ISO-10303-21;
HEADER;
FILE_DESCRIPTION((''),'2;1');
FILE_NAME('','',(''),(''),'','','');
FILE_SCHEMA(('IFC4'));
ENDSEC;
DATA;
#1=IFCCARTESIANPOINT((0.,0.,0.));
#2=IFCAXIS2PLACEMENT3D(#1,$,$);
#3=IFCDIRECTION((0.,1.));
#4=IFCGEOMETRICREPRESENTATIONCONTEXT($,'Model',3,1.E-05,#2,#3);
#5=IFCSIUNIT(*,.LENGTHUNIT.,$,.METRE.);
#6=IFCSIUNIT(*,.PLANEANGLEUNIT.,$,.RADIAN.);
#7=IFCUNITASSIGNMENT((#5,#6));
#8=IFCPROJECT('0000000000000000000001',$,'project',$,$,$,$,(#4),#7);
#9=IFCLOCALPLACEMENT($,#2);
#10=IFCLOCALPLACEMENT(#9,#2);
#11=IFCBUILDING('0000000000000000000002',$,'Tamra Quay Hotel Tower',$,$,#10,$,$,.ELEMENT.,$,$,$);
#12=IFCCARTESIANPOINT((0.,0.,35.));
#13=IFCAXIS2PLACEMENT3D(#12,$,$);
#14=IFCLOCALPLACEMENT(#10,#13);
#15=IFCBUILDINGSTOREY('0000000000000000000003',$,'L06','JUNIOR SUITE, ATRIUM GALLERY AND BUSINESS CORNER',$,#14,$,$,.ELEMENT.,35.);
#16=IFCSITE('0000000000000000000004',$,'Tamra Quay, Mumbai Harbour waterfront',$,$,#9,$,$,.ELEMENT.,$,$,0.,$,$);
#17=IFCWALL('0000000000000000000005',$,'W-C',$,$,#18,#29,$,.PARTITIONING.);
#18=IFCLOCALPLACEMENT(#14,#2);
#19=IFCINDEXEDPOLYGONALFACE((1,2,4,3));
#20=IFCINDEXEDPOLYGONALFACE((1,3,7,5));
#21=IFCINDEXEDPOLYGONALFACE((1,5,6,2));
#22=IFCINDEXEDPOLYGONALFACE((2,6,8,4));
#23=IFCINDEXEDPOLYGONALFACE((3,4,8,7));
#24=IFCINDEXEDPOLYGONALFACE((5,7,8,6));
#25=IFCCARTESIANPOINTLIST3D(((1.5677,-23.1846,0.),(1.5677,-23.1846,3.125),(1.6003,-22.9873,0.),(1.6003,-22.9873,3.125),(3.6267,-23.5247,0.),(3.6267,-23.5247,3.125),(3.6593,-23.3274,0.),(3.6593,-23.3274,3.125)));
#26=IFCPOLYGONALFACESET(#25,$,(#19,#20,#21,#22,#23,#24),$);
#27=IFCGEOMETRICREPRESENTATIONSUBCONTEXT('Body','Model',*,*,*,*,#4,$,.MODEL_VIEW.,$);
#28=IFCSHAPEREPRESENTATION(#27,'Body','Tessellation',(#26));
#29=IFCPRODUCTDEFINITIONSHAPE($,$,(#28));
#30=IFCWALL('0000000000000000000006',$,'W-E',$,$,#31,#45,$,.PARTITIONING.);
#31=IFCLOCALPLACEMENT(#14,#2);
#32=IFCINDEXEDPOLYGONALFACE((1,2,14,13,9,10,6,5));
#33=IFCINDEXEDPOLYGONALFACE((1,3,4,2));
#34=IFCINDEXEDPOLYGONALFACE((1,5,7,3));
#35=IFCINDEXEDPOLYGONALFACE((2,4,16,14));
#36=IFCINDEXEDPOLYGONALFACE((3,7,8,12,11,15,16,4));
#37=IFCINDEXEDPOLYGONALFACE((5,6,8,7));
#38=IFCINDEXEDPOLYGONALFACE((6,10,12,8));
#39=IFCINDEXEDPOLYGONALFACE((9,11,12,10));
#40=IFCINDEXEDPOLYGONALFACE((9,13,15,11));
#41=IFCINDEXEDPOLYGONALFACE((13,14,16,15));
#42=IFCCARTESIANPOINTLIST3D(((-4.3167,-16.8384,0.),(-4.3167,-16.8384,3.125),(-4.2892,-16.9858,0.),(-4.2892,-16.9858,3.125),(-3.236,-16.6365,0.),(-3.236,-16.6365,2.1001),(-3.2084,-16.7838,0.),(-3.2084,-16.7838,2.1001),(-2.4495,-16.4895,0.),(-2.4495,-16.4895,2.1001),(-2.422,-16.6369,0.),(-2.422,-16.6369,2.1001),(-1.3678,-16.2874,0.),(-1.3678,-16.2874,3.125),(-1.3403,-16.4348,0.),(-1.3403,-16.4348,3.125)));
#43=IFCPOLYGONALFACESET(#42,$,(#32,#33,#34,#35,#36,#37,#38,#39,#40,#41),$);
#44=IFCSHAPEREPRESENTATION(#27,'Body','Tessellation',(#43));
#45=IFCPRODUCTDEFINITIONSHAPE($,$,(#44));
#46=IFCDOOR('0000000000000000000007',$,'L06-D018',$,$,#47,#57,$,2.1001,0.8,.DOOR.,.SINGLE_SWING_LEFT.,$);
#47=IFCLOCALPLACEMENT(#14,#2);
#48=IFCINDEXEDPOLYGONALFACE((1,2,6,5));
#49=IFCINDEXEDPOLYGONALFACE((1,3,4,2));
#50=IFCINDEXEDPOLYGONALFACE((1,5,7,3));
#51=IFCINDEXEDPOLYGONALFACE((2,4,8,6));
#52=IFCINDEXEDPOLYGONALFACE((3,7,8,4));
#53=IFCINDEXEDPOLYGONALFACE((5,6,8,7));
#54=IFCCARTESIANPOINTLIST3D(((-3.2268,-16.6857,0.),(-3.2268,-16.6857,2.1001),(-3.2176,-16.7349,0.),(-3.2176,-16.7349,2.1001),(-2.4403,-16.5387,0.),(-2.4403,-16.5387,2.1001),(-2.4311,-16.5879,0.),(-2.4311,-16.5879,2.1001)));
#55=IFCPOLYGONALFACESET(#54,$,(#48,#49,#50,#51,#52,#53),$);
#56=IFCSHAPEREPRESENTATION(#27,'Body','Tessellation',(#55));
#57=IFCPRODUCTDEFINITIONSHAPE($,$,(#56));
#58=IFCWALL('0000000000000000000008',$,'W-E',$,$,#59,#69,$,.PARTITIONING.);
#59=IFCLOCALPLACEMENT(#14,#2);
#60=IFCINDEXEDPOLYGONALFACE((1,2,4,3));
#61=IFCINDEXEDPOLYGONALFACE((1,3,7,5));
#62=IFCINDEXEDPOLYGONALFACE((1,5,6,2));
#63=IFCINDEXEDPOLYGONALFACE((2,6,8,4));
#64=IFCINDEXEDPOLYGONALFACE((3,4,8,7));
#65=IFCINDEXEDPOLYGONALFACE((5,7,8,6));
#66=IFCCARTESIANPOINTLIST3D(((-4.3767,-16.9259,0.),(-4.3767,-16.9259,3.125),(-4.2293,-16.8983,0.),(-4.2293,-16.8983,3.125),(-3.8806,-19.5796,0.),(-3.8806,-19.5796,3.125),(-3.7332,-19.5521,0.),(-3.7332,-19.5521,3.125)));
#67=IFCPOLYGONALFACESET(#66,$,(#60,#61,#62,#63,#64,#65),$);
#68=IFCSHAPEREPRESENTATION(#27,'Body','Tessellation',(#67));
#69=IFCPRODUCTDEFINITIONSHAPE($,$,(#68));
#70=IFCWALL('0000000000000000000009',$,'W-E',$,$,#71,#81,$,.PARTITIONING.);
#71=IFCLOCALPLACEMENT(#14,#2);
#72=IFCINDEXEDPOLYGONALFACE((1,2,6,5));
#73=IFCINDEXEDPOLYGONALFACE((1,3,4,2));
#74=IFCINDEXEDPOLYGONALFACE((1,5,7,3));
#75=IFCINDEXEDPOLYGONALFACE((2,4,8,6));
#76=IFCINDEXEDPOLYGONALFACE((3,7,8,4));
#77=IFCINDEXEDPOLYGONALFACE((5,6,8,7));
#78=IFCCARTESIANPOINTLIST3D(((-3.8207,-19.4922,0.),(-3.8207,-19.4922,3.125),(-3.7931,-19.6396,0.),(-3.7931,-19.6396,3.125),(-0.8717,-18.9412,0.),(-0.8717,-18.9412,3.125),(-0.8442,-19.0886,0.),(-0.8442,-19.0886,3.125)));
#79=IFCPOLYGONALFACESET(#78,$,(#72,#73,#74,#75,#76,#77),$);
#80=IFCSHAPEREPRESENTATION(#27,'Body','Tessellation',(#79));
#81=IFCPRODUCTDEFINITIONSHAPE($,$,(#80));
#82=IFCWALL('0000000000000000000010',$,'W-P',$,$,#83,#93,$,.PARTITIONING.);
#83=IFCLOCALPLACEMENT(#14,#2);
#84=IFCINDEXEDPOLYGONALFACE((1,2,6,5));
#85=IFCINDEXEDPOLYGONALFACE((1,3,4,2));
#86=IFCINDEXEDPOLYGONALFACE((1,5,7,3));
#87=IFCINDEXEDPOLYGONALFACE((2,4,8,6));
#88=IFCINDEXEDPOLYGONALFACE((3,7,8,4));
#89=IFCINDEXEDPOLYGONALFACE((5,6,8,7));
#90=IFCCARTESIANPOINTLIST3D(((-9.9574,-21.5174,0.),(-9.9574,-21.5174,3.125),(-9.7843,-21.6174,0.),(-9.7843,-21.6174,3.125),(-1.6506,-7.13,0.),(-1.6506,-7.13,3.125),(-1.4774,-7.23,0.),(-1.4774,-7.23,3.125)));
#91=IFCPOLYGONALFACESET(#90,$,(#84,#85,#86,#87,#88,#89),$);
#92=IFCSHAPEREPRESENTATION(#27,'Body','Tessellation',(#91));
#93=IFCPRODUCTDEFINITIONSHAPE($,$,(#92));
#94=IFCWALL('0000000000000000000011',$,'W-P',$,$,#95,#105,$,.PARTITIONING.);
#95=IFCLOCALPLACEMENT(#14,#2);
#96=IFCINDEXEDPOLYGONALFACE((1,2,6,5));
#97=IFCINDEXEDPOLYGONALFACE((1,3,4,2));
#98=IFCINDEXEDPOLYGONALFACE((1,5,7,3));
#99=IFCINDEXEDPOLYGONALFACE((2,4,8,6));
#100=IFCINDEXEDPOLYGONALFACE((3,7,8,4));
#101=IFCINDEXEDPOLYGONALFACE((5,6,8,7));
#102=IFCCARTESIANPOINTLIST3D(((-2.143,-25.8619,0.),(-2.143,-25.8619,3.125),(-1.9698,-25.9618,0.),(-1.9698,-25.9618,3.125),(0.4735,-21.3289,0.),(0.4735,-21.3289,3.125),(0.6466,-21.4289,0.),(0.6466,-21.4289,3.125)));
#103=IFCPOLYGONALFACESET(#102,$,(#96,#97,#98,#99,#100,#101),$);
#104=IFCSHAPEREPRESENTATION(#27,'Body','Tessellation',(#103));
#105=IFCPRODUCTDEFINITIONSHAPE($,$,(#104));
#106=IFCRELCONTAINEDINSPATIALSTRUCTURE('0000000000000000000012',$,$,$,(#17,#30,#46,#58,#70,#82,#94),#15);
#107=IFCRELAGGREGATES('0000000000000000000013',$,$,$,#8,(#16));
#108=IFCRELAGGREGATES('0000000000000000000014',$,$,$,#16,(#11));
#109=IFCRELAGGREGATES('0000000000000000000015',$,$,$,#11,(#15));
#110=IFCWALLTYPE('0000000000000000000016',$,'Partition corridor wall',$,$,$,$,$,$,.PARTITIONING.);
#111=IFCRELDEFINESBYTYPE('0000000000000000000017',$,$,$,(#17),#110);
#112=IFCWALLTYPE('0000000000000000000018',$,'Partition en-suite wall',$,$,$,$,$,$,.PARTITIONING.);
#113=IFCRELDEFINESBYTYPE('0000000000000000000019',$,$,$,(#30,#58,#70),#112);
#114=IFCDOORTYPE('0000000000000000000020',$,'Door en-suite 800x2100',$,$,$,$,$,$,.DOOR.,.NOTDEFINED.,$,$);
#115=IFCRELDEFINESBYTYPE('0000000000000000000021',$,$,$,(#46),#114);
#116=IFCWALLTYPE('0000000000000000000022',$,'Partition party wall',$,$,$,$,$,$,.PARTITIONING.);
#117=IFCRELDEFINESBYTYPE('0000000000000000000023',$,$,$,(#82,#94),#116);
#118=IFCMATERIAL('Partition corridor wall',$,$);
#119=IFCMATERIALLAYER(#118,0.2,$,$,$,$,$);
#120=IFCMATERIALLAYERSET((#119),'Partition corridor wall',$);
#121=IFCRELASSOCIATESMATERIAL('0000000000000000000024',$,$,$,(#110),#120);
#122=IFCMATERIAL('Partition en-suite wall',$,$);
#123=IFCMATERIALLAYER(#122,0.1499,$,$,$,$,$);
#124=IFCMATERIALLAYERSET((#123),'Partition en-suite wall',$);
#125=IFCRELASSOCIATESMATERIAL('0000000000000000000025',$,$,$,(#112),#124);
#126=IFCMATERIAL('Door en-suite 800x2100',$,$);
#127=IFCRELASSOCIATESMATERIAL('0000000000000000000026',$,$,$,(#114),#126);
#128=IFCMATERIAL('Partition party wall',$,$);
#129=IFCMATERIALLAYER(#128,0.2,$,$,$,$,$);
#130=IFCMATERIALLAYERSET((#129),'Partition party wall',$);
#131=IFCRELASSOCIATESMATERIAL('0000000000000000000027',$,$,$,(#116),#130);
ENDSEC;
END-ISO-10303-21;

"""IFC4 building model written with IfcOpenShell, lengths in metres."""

from ifc_helpers import new_model, si_unit, direction, frame, frame_2d, origin, place, context, subcontext, project, spatial, rectangle, extrude, material, layer, layer_set, type_object, element, fill, save


model = new_model("IFC4")

# Units and contexts
model_context = context("Model", 3, precision=1e-05, world=origin(), true_north=direction((0.0, 1.0)))
body_context = subcontext(model_context, "Body", "Model", "MODEL_VIEW")
ifc_project = project(units=[si_unit("LENGTHUNIT", "METRE"), si_unit("PLANEANGLEUNIT", "RADIAN")], contexts=[model_context])

# Site, building, storey
site_placement = place(None, origin())
site = spatial("IfcSite", under=ifc_project, at=site_placement, Name="Tamra Quay, Mumbai Harbour waterfront", CompositionType="ELEMENT", RefElevation=0.0)
building_placement = place(site_placement, origin())
building = spatial("IfcBuilding", under=site, at=building_placement, Name="Tamra Quay Hotel Tower", CompositionType="ELEMENT")
storey_placement = place(building_placement, frame((0.0, 0.0, 35.0)))
storey = spatial("IfcBuildingStorey", under=building, at=storey_placement, Name="L06", Description="JUNIOR SUITE, ATRIUM GALLERY AND BUSINESS CORNER", CompositionType="ELEMENT", Elevation=35.0)

# Wall
ifc_material_1 = material(Name="Partition corridor wall")
ifc_layer_1 = layer(ifc_material_1, 0.2)
ifc_layer_set_1 = layer_set([ifc_layer_1], Name="Partition corridor wall")
wall_type_1 = type_object("IfcWallType", Name="Partition corridor wall", PredefinedType="PARTITIONING", material=ifc_layer_set_1)
wall_1_placement = place(storey_placement, frame((1.584, -23.0859, 0.0), z_axis=(0.0, 0.0, 1.0), x_axis=(0.986633, -0.162957, 0.0)))
element("IfcWall", 1, at=wall_1_placement, inside=storey, type_object=wall_type_1, Name="W-C", PredefinedType="PARTITIONING", context=body_context, shape_type="SweptSolid", body=[
    extrude(rectangle(XDim=2.0869, YDim=0.2, at=frame_2d((1.0435, 0.0))), origin(), (0.0, 0.0, 1.0), 3.125),
])

# Wall, opening, door
ifc_material_2 = material(Name="Partition en-suite wall")
ifc_layer_2 = layer(ifc_material_2, 0.1499)
ifc_layer_set_2 = layer_set([ifc_layer_2], Name="Partition en-suite wall")
wall_type_2 = type_object("IfcWallType", Name="Partition en-suite wall", PredefinedType="PARTITIONING", material=ifc_layer_set_2)
wall_2_placement = place(storey_placement, frame((-4.303, -16.9121, 0.0), z_axis=(0.0, 0.0, 1.0), x_axis=(0.982987, 0.183674, 0.0)))
wall_2 = element("IfcWall", 2, at=wall_2_placement, inside=storey, type_object=wall_type_2, Name="W-E", PredefinedType="PARTITIONING", context=body_context, shape_type="SweptSolid", body=[
    extrude(rectangle(XDim=3.0, YDim=0.1499, at=frame_2d((1.5, 0.0))), origin(), (0.0, 0.0, 1.0), 3.125),
])
opening_placement = place(wall_2_placement, frame((1.0996, 0.0, 0.0)))
opening = element("IfcOpeningElement", 3, at=opening_placement, cuts=wall_2, PredefinedType="OPENING", context=body_context, shape_type="SweptSolid", body=[
    extrude(rectangle(XDim=0.8, YDim=2.1001, at=frame_2d((0.3999, 1.05))), frame((0.0, 0.085, 0.0), z_axis=(0.0, -1.0, 0.0), x_axis=(1.0, 0.0, 0.0)), (0.0, 0.0, 1.0), 0.1699),
])
ifc_material_3 = material(Name="Door en-suite 800x2100")
door_type = type_object("IfcDoorType", Name="Door en-suite 800x2100", OperationType="NOTDEFINED", PredefinedType="DOOR", material=ifc_material_3)
door_placement = place(opening_placement, origin())
door = element("IfcDoor", 4, at=door_placement, inside=storey, type_object=door_type, Name="L06-D018", OperationType="SINGLE_SWING_LEFT", OverallHeight=2.1001, OverallWidth=0.8, PredefinedType="DOOR", context=body_context, shape_type="SweptSolid", body=[
    extrude(rectangle(XDim=0.8, YDim=2.1001, at=frame_2d((0.3999, 1.05))), frame((0.0, 0.0249, 0.0), z_axis=(0.0, -1.0, 0.0), x_axis=(1.0, 0.0, 0.0)), (0.0, 0.0, 1.0), 0.05),
])
fill(opening, door)

# Walls
wall_3_placement = place(storey_placement, frame((-4.303, -16.9121, 0.0), z_axis=(0.0, 0.0, 1.0), x_axis=(0.183753, -0.982972, 0.0)))
element("IfcWall", 5, at=wall_3_placement, inside=storey, type_object=wall_type_2, Name="W-E", PredefinedType="PARTITIONING", context=body_context, shape_type="SweptSolid", body=[
    extrude(rectangle(XDim=2.6997, YDim=0.1499, at=frame_2d((1.3499, 0.0))), origin(), (0.0, 0.0, 1.0), 3.125),
])
wall_4_placement = place(storey_placement, frame((-3.8069, -19.5659, 0.0), z_axis=(0.0, 0.0, 1.0), x_axis=(0.982987, 0.183674, 0.0)))
element("IfcWall", 6, at=wall_4_placement, inside=storey, type_object=wall_type_2, Name="W-E", PredefinedType="PARTITIONING", context=body_context, shape_type="SweptSolid", body=[
    extrude(rectangle(XDim=3.0, YDim=0.1499, at=frame_2d((1.5, 0.0))), origin(), (0.0, 0.0, 1.0), 3.125),
])
ifc_material_4 = material(Name="Partition party wall")
ifc_layer_3 = layer(ifc_material_4, 0.2)
ifc_layer_set_3 = layer_set([ifc_layer_3], Name="Partition party wall")
wall_type_3 = type_object("IfcWallType", Name="Partition party wall", PredefinedType="PARTITIONING", material=ifc_layer_set_3)
wall_5_placement = place(storey_placement, frame((-9.8708, -21.5674, 0.0), z_axis=(0.0, 0.0, 1.0), x_axis=(0.500013, 0.866018, 0.0)))
element("IfcWall", 7, at=wall_5_placement, inside=storey, type_object=wall_type_3, Name="W-P", PredefinedType="PARTITIONING", context=body_context, shape_type="SweptSolid", body=[
    extrude(rectangle(XDim=16.6133, YDim=0.2, at=frame_2d((8.3066, 0.0))), origin(), (0.0, 0.0, 1.0), 3.125),
])
wall_6_placement = place(storey_placement, frame((-2.0564, -25.9119, 0.0), z_axis=(0.0, 0.0, 1.0), x_axis=(0.499907, 0.866079, 0.0)))
element("IfcWall", 8, at=wall_6_placement, inside=storey, type_object=wall_type_3, Name="W-P", PredefinedType="PARTITIONING", context=body_context, shape_type="SweptSolid", body=[
    extrude(rectangle(XDim=5.2339, YDim=0.2, at=frame_2d((2.6169, 0.0))), origin(), (0.0, 0.0, 1.0), 3.125),
])

save(model, "model.ifc")
